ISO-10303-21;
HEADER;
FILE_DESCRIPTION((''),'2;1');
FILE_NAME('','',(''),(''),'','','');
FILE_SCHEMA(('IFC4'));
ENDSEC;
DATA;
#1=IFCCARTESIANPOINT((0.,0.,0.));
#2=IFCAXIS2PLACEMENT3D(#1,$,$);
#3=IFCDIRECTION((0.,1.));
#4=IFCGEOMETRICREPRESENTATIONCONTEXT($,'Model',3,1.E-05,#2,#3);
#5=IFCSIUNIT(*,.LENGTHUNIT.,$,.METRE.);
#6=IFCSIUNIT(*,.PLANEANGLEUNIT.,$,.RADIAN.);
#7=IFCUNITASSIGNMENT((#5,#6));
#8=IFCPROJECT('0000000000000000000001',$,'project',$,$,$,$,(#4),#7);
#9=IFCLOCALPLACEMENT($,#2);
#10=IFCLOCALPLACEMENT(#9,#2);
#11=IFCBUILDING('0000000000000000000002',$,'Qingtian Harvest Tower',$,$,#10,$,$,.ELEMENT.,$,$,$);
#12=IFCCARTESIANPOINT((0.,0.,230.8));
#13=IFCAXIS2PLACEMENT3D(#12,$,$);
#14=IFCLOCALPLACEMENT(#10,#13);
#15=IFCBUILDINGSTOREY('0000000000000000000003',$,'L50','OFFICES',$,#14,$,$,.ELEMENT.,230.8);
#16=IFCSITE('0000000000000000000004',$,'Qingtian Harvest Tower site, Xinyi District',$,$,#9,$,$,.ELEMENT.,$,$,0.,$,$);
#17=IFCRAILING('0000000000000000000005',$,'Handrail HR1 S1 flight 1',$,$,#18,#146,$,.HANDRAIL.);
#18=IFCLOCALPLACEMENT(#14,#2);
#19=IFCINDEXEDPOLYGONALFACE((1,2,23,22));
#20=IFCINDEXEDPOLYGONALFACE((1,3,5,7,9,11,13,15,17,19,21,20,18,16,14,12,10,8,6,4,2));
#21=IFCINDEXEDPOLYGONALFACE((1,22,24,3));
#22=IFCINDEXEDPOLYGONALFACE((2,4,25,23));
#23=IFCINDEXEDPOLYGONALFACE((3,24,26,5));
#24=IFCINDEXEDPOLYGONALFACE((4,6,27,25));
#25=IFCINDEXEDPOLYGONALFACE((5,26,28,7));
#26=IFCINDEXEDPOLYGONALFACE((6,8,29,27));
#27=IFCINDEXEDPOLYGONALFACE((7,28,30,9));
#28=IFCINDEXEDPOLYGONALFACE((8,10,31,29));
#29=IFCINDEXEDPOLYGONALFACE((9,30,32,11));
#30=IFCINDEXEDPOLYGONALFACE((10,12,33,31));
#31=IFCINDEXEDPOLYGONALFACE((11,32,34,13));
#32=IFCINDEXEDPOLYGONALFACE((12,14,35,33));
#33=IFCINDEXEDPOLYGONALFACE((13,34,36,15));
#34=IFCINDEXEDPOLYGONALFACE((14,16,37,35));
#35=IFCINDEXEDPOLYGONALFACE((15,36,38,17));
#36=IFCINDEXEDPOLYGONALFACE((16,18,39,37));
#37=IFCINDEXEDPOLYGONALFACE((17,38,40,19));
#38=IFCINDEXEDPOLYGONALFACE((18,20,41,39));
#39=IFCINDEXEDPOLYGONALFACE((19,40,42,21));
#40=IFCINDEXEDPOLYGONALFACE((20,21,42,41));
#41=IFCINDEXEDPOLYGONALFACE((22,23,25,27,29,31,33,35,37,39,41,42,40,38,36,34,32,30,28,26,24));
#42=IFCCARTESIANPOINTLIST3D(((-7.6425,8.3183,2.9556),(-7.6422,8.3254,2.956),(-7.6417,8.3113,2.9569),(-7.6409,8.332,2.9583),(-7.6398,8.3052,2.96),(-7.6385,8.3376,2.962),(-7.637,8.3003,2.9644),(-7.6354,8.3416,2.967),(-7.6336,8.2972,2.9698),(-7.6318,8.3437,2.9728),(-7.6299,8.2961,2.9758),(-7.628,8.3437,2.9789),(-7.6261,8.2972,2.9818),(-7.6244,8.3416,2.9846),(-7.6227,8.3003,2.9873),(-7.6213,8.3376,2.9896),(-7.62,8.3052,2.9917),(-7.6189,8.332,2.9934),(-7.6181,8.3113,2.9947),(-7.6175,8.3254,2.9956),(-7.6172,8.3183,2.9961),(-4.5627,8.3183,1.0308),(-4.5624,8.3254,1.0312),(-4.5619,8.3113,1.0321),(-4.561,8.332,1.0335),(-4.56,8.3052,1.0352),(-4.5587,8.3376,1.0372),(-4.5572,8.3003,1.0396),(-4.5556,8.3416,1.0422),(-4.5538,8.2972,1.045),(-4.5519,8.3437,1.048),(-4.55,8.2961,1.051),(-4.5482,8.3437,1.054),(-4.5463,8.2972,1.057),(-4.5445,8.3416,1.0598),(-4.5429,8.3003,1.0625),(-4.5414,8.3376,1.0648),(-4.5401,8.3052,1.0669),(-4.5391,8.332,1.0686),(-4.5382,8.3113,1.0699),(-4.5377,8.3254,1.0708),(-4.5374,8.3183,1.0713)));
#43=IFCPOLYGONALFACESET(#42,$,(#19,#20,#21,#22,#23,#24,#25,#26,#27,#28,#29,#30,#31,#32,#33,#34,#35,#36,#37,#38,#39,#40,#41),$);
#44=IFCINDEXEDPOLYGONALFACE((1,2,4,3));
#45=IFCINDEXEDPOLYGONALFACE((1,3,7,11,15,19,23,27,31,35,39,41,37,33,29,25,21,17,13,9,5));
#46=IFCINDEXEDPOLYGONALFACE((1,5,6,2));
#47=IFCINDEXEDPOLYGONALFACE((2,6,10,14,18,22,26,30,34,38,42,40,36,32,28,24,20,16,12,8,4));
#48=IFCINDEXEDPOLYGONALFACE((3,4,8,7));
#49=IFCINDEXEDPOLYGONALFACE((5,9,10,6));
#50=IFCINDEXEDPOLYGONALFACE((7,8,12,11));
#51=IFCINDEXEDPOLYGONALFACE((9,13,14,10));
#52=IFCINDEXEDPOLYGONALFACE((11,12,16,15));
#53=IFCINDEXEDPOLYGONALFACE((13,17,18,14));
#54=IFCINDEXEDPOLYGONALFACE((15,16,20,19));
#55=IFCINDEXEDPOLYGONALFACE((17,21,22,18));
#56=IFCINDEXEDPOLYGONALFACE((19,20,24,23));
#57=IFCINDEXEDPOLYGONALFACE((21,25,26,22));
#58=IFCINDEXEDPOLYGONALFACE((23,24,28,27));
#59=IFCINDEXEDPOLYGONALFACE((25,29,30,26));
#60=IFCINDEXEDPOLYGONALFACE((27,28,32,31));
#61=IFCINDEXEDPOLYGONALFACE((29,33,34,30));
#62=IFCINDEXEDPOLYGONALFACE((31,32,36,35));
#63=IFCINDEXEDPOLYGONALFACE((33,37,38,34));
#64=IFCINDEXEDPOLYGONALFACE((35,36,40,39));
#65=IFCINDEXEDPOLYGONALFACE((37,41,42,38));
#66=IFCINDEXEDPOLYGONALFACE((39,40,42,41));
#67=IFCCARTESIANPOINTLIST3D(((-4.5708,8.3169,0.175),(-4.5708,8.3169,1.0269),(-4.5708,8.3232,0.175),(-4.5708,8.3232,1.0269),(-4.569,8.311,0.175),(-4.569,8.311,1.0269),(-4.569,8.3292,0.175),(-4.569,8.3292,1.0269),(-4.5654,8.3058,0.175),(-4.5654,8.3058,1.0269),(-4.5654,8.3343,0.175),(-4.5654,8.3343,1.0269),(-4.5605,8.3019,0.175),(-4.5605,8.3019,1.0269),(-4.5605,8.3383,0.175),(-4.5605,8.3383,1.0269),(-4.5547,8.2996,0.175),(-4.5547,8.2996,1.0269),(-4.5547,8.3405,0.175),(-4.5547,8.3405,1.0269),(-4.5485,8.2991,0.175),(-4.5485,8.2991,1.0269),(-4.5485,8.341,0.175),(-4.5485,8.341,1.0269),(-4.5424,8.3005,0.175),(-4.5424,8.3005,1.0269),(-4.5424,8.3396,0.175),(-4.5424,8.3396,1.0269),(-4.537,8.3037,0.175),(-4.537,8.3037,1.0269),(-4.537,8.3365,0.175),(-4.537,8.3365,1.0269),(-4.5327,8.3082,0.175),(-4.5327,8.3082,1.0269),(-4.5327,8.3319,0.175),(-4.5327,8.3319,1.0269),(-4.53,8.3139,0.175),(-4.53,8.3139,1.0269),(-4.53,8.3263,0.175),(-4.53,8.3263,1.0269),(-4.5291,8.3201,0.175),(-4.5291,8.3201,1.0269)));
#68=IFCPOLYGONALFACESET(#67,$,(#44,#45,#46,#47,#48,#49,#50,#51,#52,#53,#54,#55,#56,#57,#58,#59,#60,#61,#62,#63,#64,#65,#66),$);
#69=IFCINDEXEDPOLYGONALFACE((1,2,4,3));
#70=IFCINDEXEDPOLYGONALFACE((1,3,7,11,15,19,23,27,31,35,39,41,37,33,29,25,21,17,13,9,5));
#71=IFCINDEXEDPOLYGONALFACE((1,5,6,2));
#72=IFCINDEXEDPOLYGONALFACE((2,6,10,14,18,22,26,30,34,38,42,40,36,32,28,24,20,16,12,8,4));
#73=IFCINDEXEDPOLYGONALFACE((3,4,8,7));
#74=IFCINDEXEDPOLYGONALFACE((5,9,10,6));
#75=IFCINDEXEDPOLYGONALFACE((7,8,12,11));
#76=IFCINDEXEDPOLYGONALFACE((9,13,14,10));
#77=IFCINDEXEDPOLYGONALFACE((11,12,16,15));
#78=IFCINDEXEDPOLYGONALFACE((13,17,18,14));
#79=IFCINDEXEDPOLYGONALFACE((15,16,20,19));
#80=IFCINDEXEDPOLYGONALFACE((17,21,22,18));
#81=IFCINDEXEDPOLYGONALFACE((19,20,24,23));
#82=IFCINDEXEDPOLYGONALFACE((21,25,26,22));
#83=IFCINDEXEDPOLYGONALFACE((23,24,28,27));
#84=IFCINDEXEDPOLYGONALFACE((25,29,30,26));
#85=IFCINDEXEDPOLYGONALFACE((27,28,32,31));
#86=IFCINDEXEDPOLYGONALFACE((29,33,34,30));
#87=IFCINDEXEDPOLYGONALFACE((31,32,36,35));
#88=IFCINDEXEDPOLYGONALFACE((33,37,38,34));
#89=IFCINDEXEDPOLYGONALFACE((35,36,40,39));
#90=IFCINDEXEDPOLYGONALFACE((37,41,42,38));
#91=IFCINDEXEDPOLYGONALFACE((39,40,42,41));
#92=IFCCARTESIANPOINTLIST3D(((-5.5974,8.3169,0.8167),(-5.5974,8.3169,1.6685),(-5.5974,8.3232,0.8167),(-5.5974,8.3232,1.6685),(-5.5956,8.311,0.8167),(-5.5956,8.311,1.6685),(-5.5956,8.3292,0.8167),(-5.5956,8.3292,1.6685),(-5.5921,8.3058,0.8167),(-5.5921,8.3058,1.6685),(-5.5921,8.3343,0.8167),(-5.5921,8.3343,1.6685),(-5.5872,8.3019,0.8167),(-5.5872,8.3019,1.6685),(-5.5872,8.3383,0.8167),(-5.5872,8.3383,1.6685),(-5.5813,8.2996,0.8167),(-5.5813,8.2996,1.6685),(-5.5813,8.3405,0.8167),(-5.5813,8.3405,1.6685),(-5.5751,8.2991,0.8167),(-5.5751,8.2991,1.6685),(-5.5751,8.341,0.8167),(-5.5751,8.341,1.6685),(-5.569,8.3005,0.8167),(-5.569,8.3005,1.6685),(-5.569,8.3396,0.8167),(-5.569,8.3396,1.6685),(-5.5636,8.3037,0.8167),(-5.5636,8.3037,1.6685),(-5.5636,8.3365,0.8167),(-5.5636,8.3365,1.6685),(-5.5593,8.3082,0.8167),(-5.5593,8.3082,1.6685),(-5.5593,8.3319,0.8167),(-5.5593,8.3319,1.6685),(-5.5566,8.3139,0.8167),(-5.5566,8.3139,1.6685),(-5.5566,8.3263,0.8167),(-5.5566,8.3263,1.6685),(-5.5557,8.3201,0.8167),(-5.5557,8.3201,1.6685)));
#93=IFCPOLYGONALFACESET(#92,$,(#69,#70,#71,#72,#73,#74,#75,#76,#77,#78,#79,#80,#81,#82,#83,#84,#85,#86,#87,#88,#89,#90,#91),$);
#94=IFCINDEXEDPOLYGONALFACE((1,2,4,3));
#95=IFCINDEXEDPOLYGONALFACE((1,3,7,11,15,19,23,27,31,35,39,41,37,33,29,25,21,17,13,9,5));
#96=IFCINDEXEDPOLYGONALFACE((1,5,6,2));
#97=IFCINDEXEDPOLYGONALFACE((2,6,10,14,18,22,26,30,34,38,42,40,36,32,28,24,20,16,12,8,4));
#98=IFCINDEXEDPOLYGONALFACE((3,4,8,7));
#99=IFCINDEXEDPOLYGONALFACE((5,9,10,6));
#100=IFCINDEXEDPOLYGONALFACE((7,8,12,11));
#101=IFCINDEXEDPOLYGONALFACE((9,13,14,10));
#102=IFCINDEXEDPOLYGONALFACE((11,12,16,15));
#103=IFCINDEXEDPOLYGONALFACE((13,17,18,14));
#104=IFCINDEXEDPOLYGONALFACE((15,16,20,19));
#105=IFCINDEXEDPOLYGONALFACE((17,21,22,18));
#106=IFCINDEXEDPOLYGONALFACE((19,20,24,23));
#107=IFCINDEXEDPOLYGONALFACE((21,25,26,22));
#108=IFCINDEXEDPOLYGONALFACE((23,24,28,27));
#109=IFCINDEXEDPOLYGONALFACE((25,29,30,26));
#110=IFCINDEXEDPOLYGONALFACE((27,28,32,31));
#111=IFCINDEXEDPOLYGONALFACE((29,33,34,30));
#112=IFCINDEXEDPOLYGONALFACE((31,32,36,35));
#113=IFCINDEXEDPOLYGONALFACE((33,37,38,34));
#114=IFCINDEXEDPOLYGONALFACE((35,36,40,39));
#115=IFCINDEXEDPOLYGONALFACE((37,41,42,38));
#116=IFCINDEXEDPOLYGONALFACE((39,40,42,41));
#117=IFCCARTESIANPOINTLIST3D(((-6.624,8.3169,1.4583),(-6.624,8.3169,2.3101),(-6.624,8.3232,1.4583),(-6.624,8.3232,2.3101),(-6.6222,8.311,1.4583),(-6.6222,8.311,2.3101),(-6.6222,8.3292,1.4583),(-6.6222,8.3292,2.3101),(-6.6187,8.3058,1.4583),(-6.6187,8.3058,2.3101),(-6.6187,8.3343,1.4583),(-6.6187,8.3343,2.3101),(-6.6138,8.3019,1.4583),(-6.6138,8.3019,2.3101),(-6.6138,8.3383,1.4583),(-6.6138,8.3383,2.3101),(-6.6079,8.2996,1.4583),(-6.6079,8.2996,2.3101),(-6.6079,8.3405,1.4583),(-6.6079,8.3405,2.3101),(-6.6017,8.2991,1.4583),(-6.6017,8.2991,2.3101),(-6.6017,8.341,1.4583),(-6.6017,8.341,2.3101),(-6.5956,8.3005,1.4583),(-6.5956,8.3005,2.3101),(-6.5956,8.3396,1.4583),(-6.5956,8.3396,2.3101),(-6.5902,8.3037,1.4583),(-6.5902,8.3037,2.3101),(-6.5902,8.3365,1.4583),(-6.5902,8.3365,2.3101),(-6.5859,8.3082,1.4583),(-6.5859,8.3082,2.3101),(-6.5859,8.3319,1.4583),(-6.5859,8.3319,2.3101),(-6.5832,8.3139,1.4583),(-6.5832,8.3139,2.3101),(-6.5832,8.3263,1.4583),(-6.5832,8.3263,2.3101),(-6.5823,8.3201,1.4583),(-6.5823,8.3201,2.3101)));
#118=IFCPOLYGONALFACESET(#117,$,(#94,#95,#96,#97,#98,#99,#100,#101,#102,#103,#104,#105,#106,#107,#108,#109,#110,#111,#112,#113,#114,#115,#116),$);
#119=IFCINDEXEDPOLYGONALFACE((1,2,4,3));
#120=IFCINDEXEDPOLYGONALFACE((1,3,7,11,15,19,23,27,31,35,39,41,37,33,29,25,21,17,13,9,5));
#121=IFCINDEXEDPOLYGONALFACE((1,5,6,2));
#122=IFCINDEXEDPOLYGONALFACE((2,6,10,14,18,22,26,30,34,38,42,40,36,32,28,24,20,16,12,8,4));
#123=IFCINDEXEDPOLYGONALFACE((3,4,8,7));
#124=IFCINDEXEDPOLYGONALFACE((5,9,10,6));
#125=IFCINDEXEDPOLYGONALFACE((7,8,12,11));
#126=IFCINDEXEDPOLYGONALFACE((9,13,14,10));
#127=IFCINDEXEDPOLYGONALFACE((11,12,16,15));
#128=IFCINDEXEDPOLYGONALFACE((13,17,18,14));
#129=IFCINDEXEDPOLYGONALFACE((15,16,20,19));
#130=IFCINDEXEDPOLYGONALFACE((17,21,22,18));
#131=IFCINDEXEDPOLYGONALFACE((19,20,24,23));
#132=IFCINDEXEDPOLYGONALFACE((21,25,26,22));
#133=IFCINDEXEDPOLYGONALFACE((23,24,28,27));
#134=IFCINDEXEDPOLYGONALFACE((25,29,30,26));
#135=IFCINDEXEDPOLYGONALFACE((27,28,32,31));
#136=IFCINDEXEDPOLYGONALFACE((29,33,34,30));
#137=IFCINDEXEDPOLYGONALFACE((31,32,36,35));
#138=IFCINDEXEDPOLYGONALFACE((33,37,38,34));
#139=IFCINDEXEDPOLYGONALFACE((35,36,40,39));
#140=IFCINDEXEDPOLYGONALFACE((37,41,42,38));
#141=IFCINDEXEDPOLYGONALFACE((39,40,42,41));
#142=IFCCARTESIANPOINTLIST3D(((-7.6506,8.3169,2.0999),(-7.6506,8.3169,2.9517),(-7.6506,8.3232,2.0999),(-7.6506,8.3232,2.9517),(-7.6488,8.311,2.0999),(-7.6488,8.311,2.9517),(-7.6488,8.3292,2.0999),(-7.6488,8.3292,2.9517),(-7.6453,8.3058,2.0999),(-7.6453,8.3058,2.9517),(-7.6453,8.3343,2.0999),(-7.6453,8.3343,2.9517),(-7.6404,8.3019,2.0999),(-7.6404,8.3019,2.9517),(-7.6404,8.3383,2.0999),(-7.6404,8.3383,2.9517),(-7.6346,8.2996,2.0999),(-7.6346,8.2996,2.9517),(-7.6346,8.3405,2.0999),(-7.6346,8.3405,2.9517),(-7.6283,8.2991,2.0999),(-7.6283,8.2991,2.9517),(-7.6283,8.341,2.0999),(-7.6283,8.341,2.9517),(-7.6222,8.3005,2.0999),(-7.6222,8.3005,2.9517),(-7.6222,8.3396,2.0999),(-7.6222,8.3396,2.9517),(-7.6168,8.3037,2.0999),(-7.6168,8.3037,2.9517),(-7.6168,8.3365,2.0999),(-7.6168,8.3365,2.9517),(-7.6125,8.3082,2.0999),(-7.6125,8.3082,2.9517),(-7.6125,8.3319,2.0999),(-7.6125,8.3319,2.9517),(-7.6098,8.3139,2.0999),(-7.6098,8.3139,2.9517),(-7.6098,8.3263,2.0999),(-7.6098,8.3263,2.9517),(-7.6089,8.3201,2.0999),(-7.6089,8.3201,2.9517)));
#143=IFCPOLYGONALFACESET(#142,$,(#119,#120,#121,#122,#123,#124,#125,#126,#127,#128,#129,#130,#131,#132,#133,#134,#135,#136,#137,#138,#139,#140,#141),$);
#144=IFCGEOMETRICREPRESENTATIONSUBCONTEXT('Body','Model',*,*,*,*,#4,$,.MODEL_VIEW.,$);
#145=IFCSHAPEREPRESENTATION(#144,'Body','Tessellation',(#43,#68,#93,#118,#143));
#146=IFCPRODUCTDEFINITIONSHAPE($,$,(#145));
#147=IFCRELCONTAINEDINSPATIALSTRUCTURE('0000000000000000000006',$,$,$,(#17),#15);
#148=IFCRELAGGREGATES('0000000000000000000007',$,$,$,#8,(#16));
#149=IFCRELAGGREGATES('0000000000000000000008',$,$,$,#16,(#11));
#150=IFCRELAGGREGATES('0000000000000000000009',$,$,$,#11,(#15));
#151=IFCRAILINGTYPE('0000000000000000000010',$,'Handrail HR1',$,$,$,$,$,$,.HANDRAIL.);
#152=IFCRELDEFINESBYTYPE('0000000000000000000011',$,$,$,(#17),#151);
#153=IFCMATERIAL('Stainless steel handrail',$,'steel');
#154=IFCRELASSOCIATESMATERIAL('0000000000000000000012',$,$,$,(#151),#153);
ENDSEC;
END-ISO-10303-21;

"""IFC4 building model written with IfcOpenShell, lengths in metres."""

from ifc_helpers import new_model, si_unit, direction, frame, origin, origin_2d, place, context, subcontext, project, spatial, circle, extrude, material, type_object, element, save


model = new_model("IFC4")

# Units and contexts
model_context = context("Model", 3, precision=1e-05, world=origin(), true_north=direction((0.0, 1.0)))
body_context = subcontext(model_context, "Body", "Model", "MODEL_VIEW")
ifc_project = project(units=[si_unit("LENGTHUNIT", "METRE"), si_unit("PLANEANGLEUNIT", "RADIAN")], contexts=[model_context])

# Site, building, storey
site_placement = place(None, origin())
site = spatial("IfcSite", under=ifc_project, at=site_placement, Name="Qingtian Harvest Tower site, Xinyi District", CompositionType="ELEMENT", RefElevation=0.0)
building_placement = place(site_placement, origin())
building = spatial("IfcBuilding", under=site, at=building_placement, Name="Qingtian Harvest Tower", CompositionType="ELEMENT")
storey_placement = place(building_placement, frame((0.0, 0.0, 230.8)))
storey = spatial("IfcBuildingStorey", under=building, at=storey_placement, Name="L50", Description="OFFICES", CompositionType="ELEMENT", Elevation=230.8)

# Railing
ifc_material_1 = material(Name="Stainless steel handrail", Category="steel")
railing_type = type_object("IfcRailingType", Name="Handrail HR1", PredefinedType="HANDRAIL", material=ifc_material_1)
railing_1_placement = place(storey_placement, frame((-4.55, 8.3201, 0.175)))
element("IfcRailing", 1, at=railing_1_placement, inside=storey, type_object=railing_type, Name="Handrail HR1 S1 flight 1", PredefinedType="HANDRAIL", context=body_context, shape_type="SweptSolid", body=[
    extrude(circle(Radius=0.0239, at=origin_2d()), frame((0.0, 0.0, 0.876), z_axis=(-0.84801, 0.0, 0.529981), x_axis=(0.0, -1.0, 0.0)), (0.0, 0.0, 1.0), 3.6318),
    extrude(circle(Radius=0.021, at=origin_2d()), origin(), (0.0, 0.0, 1.0), 0.8518),
    extrude(circle(Radius=0.021, at=origin_2d()), frame((-1.0266, 0.0, 0.6416)), (0.0, 0.0, 1.0), 0.8518),
    extrude(circle(Radius=0.021, at=origin_2d()), frame((-2.0532, 0.0, 1.2832)), (0.0, 0.0, 1.0), 0.8518),
    extrude(circle(Radius=0.021, at=origin_2d()), frame((-3.0798, 0.0, 1.9248)), (0.0, 0.0, 1.0), 0.8518),
])

save(model, "model.ifc")
